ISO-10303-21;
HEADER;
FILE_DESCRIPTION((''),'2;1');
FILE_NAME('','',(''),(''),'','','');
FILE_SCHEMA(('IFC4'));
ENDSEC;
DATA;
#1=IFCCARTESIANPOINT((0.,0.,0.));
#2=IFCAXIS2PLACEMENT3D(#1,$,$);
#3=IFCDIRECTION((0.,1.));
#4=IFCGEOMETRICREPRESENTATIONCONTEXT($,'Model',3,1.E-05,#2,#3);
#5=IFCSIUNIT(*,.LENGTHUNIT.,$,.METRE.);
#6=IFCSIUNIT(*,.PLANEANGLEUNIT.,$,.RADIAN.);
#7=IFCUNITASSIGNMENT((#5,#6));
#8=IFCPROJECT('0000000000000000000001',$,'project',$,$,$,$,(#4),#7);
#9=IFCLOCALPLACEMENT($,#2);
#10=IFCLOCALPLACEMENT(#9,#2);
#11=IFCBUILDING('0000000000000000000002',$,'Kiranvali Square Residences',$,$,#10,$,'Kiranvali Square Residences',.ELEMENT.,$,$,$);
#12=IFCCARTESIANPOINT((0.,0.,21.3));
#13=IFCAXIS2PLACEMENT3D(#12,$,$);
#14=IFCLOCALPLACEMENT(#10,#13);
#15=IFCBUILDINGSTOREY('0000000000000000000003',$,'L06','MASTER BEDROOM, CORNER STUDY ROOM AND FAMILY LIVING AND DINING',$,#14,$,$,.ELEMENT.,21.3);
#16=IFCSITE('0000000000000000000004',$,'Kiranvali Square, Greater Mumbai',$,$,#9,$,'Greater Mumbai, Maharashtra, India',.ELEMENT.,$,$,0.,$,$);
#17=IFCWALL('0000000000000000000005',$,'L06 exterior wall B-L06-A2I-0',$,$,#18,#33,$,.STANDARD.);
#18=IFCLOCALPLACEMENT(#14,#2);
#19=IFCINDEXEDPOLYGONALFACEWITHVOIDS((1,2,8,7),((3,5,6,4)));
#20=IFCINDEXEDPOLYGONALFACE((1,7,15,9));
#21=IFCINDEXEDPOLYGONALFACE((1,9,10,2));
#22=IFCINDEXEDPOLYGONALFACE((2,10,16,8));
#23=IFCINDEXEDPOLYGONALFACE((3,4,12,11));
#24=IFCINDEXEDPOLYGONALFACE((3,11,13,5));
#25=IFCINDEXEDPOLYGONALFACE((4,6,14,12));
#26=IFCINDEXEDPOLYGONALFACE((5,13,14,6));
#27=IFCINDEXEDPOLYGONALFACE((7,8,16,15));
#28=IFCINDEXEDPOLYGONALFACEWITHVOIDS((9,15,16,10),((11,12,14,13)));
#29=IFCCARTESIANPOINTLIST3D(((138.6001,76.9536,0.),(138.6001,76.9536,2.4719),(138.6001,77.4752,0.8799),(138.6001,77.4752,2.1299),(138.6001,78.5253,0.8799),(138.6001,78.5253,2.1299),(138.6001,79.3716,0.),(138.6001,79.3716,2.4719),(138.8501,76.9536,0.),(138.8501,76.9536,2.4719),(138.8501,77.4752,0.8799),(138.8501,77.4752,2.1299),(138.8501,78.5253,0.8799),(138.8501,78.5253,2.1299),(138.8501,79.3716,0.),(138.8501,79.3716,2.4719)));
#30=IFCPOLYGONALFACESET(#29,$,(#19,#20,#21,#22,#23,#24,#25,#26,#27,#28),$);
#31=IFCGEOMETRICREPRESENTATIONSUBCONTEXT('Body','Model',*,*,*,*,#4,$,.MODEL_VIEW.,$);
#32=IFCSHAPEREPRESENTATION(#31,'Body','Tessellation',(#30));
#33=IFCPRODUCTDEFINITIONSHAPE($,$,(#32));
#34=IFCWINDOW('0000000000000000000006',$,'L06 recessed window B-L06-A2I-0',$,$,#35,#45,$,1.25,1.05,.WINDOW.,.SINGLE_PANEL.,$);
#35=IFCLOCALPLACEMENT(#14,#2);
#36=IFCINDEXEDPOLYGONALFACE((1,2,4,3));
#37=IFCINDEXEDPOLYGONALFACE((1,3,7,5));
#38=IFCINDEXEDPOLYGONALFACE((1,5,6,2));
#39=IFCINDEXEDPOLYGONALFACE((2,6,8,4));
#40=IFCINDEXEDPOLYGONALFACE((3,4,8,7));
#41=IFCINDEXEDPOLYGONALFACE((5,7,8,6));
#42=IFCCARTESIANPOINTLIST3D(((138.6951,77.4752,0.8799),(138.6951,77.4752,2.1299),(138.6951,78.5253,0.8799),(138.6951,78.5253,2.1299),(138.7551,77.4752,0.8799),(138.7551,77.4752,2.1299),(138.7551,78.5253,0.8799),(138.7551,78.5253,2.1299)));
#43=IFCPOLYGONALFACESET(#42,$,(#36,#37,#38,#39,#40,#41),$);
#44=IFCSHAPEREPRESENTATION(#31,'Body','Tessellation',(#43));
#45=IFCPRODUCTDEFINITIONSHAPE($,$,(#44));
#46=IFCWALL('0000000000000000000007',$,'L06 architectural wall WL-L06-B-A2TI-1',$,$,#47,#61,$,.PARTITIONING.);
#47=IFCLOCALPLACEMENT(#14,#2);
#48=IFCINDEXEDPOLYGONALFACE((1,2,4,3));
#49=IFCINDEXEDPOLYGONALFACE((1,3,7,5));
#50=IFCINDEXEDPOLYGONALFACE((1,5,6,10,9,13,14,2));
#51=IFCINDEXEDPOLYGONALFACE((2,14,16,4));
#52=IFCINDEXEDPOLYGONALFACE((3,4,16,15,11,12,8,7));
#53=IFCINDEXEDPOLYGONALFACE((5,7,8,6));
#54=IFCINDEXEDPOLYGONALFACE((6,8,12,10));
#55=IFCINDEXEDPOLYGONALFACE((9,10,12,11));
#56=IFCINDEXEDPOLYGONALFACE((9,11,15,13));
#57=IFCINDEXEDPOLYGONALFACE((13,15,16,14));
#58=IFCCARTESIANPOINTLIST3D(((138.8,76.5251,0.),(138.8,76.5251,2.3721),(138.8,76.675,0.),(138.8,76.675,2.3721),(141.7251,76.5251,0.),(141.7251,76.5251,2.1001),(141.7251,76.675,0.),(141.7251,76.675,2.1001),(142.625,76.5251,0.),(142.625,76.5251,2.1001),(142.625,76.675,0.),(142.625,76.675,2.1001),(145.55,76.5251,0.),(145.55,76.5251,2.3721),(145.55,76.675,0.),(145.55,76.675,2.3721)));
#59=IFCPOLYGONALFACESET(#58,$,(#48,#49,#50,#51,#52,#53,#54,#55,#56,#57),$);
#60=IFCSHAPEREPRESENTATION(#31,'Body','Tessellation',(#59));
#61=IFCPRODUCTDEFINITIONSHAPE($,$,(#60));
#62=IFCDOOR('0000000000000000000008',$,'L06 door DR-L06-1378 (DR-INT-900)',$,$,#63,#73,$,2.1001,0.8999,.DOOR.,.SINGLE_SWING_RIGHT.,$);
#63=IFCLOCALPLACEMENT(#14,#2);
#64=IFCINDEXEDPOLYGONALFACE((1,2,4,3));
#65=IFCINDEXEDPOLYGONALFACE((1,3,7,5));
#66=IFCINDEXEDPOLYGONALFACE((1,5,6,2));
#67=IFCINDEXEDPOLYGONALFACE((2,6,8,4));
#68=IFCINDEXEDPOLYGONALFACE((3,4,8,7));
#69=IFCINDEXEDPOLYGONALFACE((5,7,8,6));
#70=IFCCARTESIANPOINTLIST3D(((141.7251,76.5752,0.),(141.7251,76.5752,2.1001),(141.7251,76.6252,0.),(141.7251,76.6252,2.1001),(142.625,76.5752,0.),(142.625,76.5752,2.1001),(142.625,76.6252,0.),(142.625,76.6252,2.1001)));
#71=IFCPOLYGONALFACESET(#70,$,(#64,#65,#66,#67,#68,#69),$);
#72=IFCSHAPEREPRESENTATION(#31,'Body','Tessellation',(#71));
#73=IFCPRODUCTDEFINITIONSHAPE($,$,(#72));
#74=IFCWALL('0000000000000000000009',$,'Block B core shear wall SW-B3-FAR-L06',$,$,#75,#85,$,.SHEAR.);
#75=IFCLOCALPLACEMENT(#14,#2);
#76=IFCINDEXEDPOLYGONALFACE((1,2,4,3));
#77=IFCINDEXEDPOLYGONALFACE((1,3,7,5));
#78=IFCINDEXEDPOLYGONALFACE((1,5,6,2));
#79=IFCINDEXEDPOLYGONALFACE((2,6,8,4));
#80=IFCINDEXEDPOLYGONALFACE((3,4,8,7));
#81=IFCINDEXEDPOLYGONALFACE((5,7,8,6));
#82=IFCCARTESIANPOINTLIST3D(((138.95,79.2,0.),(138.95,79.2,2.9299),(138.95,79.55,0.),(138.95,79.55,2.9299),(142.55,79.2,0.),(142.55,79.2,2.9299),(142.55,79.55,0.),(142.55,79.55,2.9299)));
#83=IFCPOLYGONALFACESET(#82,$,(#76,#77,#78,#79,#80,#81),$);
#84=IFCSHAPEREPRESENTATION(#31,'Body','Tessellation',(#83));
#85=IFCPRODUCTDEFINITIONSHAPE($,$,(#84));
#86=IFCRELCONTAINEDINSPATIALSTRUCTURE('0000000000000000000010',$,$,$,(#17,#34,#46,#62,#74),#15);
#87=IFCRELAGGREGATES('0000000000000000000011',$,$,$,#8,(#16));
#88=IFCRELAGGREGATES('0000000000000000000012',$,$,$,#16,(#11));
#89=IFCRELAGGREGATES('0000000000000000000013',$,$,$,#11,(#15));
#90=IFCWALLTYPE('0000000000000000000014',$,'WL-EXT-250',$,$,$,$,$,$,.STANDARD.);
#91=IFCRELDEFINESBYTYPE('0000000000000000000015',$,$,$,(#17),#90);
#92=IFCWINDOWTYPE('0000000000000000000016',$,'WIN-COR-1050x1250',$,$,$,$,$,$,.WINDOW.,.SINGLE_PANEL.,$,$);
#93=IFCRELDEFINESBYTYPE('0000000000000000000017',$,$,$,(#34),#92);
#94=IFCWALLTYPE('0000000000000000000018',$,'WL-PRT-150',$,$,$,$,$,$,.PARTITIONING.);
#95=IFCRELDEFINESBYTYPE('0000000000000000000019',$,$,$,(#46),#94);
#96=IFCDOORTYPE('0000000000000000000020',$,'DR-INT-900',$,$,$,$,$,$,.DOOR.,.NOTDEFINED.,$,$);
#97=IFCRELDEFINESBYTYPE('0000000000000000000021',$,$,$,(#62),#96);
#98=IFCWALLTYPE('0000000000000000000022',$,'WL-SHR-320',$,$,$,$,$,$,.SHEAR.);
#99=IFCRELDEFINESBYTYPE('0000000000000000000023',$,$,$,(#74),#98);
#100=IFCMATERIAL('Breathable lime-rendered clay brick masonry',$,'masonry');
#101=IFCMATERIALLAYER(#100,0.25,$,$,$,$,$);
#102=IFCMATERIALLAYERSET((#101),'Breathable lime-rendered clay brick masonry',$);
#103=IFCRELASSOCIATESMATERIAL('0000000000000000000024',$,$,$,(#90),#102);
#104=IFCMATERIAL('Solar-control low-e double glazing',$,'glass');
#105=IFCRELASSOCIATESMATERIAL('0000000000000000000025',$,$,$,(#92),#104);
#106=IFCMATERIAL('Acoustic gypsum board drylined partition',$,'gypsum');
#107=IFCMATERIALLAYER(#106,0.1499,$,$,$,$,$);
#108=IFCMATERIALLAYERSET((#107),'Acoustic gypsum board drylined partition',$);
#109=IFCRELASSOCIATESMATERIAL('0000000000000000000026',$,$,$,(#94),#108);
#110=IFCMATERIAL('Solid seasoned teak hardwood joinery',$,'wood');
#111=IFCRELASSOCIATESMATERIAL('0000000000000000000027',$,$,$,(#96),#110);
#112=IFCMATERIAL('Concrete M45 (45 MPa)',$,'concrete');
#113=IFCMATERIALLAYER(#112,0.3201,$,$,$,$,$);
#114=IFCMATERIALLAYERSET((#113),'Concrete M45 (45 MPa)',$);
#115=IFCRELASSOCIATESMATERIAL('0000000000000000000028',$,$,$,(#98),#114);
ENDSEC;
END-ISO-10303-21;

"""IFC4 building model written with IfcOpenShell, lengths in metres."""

from ifc_helpers import new_model, si_unit, direction, frame, frame_2d, origin, place, context, subcontext, project, spatial, rectangle, extrude, material, layer, layer_set, type_object, element, fill, save


model = new_model("IFC4")

# Units and contexts
model_context = context("Model", 3, precision=1e-05, world=origin(), true_north=direction((0.0, 1.0)))
body_context = subcontext(model_context, "Body", "Model", "MODEL_VIEW")
ifc_project = project(units=[si_unit("LENGTHUNIT", "METRE"), si_unit("PLANEANGLEUNIT", "RADIAN")], contexts=[model_context])

# Site, building, storey
site_placement = place(None, origin())
site = spatial("IfcSite", under=ifc_project, at=site_placement, Name="Kiranvali Square, Greater Mumbai", LongName="Greater Mumbai, Maharashtra, India", CompositionType="ELEMENT", RefElevation=0.0)
building_placement = place(site_placement, origin())
building = spatial("IfcBuilding", under=site, at=building_placement, Name="Kiranvali Square Residences", LongName="Kiranvali Square Residences", CompositionType="ELEMENT")
storey_placement = place(building_placement, frame((0.0, 0.0, 21.3)))
storey = spatial("IfcBuildingStorey", under=building, at=storey_placement, Name="L06", Description="MASTER BEDROOM, CORNER STUDY ROOM AND FAMILY LIVING AND DINING", CompositionType="ELEMENT", Elevation=21.3)

# Shared definitions
ifc_material_1 = material(Name="Concrete M45 (45 MPa)", Category="concrete")

# Wall, opening, window
ifc_material_2 = material(Name="Breathable lime-rendered clay brick masonry", Category="masonry")
ifc_layer_1 = layer(ifc_material_2, 0.25)
ifc_layer_set_1 = layer_set([ifc_layer_1], Name="Breathable lime-rendered clay brick masonry")
wall_type_1 = type_object("IfcWallType", Name="WL-EXT-250", PredefinedType="STANDARD", material=ifc_layer_set_1)
wall_1_placement = place(storey_placement, frame((138.7251, 79.3716, 0.0), z_axis=(0.0, 0.0, 1.0), x_axis=(0.0, -1.0, 0.0)))
wall_1 = element("IfcWall", 1, at=wall_1_placement, inside=storey, type_object=wall_type_1, Name="L06 exterior wall B-L06-A2I-0", PredefinedType="STANDARD", context=body_context, shape_type="SweptSolid", body=[
    extrude(rectangle(XDim=2.418, YDim=0.25, at=frame_2d((1.209, 0.0))), origin(), (0.0, 0.0, 1.0), 2.4719),
])
opening_1_placement = place(wall_1_placement, frame((0.8464, 0.0, 0.8799)))
opening_1 = element("IfcOpeningElement", 2, at=opening_1_placement, cuts=wall_1, PredefinedType="OPENING", context=body_context, shape_type="SweptSolid", body=[
    extrude(rectangle(XDim=1.05, YDim=1.25, at=frame_2d((0.5249, 0.625))), frame((0.0, 0.135, 0.0), z_axis=(0.0, -1.0, 0.0), x_axis=(1.0, 0.0, 0.0)), (0.0, 0.0, 1.0), 0.27),
])
ifc_material_3 = material(Name="Solar-control low-e double glazing", Category="glass")
window_type = type_object("IfcWindowType", Name="WIN-COR-1050x1250", PartitioningType="SINGLE_PANEL", PredefinedType="WINDOW", material=ifc_material_3)
window_placement = place(opening_1_placement, origin())
window = element("IfcWindow", 3, at=window_placement, inside=storey, type_object=window_type, Name="L06 recessed window B-L06-A2I-0", OverallHeight=1.25, OverallWidth=1.05, PartitioningType="SINGLE_PANEL", PredefinedType="WINDOW", context=body_context, shape_type="SweptSolid", body=[
    extrude(rectangle(XDim=1.05, YDim=1.25, at=frame_2d((0.5249, 0.625))), frame((0.0, 0.03, 0.0), z_axis=(0.0, -1.0, 0.0), x_axis=(1.0, 0.0, 0.0)), (0.0, 0.0, 1.0), 0.0601),
])
fill(opening_1, window)

# Wall, opening, door
ifc_material_4 = material(Name="Acoustic gypsum board drylined partition", Category="gypsum")
ifc_layer_2 = layer(ifc_material_4, 0.1499)
ifc_layer_set_2 = layer_set([ifc_layer_2], Name="Acoustic gypsum board drylined partition")
wall_type_2 = type_object("IfcWallType", Name="WL-PRT-150", PredefinedType="PARTITIONING", material=ifc_layer_set_2)
wall_2_placement = place(storey_placement, frame((138.8, 76.6001, 0.0), z_axis=(0.0, 0.0, 1.0), x_axis=(1.0, 0.0, 0.0)))
wall_2 = element("IfcWall", 4, at=wall_2_placement, inside=storey, type_object=wall_type_2, Name="L06 architectural wall WL-L06-B-A2TI-1", PredefinedType="PARTITIONING", context=body_context, shape_type="SweptSolid", body=[
    extrude(rectangle(XDim=6.75, YDim=0.1499, at=frame_2d((3.375, 0.0))), origin(), (0.0, 0.0, 1.0), 2.3721),
])
opening_2_placement = place(wall_2_placement, frame((2.925, 0.0, 0.0)))
opening_2 = element("IfcOpeningElement", 5, at=opening_2_placement, cuts=wall_2, PredefinedType="OPENING", context=body_context, shape_type="SweptSolid", body=[
    extrude(rectangle(XDim=0.8999, YDim=2.1001, at=frame_2d((0.45, 1.05))), frame((0.0, 0.085, 0.0), z_axis=(0.0, -1.0, 0.0), x_axis=(1.0, 0.0, 0.0)), (0.0, 0.0, 1.0), 0.1699),
])
ifc_material_5 = material(Name="Solid seasoned teak hardwood joinery", Category="wood")
door_type = type_object("IfcDoorType", Name="DR-INT-900", OperationType="NOTDEFINED", PredefinedType="DOOR", material=ifc_material_5)
door_placement = place(opening_2_placement, frame((0.8999, 0.0, 0.0), z_axis=(0.0, 0.0, 1.0), x_axis=(-1.0, 0.0, 0.0)))
door = element("IfcDoor", 6, at=door_placement, inside=storey, type_object=door_type, Name="L06 door DR-L06-1378 (DR-INT-900)", OperationType="SINGLE_SWING_RIGHT", OverallHeight=2.1001, OverallWidth=0.8999, PredefinedType="DOOR", context=body_context, shape_type="SweptSolid", body=[
    extrude(rectangle(XDim=0.8999, YDim=2.1001, at=frame_2d((0.45, 1.05))), frame((0.0, 0.0249, 0.0), z_axis=(0.0, -1.0, 0.0), x_axis=(1.0, 0.0, 0.0)), (0.0, 0.0, 1.0), 0.05),
])
fill(opening_2, door)

# Wall
ifc_layer_3 = layer(ifc_material_1, 0.3201)
ifc_layer_set_3 = layer_set([ifc_layer_3], Name="Concrete M45 (45 MPa)")
wall_type_3 = type_object("IfcWallType", Name="WL-SHR-320", PredefinedType="SHEAR", material=ifc_layer_set_3)
wall_3_placement = place(storey_placement, frame((138.95, 79.375, 0.0), z_axis=(0.0, 0.0, 1.0), x_axis=(1.0, 0.0, 0.0)))
element("IfcWall", 7, at=wall_3_placement, inside=storey, type_object=wall_type_3, Name="Block B core shear wall SW-B3-FAR-L06", PredefinedType="SHEAR", context=body_context, shape_type="SweptSolid", body=[
    extrude(rectangle(XDim=3.6001, YDim=0.3501, at=frame_2d((1.8, 0.0))), origin(), (0.0, 0.0, 1.0), 2.9299),
])

save(model, "model.ifc")
